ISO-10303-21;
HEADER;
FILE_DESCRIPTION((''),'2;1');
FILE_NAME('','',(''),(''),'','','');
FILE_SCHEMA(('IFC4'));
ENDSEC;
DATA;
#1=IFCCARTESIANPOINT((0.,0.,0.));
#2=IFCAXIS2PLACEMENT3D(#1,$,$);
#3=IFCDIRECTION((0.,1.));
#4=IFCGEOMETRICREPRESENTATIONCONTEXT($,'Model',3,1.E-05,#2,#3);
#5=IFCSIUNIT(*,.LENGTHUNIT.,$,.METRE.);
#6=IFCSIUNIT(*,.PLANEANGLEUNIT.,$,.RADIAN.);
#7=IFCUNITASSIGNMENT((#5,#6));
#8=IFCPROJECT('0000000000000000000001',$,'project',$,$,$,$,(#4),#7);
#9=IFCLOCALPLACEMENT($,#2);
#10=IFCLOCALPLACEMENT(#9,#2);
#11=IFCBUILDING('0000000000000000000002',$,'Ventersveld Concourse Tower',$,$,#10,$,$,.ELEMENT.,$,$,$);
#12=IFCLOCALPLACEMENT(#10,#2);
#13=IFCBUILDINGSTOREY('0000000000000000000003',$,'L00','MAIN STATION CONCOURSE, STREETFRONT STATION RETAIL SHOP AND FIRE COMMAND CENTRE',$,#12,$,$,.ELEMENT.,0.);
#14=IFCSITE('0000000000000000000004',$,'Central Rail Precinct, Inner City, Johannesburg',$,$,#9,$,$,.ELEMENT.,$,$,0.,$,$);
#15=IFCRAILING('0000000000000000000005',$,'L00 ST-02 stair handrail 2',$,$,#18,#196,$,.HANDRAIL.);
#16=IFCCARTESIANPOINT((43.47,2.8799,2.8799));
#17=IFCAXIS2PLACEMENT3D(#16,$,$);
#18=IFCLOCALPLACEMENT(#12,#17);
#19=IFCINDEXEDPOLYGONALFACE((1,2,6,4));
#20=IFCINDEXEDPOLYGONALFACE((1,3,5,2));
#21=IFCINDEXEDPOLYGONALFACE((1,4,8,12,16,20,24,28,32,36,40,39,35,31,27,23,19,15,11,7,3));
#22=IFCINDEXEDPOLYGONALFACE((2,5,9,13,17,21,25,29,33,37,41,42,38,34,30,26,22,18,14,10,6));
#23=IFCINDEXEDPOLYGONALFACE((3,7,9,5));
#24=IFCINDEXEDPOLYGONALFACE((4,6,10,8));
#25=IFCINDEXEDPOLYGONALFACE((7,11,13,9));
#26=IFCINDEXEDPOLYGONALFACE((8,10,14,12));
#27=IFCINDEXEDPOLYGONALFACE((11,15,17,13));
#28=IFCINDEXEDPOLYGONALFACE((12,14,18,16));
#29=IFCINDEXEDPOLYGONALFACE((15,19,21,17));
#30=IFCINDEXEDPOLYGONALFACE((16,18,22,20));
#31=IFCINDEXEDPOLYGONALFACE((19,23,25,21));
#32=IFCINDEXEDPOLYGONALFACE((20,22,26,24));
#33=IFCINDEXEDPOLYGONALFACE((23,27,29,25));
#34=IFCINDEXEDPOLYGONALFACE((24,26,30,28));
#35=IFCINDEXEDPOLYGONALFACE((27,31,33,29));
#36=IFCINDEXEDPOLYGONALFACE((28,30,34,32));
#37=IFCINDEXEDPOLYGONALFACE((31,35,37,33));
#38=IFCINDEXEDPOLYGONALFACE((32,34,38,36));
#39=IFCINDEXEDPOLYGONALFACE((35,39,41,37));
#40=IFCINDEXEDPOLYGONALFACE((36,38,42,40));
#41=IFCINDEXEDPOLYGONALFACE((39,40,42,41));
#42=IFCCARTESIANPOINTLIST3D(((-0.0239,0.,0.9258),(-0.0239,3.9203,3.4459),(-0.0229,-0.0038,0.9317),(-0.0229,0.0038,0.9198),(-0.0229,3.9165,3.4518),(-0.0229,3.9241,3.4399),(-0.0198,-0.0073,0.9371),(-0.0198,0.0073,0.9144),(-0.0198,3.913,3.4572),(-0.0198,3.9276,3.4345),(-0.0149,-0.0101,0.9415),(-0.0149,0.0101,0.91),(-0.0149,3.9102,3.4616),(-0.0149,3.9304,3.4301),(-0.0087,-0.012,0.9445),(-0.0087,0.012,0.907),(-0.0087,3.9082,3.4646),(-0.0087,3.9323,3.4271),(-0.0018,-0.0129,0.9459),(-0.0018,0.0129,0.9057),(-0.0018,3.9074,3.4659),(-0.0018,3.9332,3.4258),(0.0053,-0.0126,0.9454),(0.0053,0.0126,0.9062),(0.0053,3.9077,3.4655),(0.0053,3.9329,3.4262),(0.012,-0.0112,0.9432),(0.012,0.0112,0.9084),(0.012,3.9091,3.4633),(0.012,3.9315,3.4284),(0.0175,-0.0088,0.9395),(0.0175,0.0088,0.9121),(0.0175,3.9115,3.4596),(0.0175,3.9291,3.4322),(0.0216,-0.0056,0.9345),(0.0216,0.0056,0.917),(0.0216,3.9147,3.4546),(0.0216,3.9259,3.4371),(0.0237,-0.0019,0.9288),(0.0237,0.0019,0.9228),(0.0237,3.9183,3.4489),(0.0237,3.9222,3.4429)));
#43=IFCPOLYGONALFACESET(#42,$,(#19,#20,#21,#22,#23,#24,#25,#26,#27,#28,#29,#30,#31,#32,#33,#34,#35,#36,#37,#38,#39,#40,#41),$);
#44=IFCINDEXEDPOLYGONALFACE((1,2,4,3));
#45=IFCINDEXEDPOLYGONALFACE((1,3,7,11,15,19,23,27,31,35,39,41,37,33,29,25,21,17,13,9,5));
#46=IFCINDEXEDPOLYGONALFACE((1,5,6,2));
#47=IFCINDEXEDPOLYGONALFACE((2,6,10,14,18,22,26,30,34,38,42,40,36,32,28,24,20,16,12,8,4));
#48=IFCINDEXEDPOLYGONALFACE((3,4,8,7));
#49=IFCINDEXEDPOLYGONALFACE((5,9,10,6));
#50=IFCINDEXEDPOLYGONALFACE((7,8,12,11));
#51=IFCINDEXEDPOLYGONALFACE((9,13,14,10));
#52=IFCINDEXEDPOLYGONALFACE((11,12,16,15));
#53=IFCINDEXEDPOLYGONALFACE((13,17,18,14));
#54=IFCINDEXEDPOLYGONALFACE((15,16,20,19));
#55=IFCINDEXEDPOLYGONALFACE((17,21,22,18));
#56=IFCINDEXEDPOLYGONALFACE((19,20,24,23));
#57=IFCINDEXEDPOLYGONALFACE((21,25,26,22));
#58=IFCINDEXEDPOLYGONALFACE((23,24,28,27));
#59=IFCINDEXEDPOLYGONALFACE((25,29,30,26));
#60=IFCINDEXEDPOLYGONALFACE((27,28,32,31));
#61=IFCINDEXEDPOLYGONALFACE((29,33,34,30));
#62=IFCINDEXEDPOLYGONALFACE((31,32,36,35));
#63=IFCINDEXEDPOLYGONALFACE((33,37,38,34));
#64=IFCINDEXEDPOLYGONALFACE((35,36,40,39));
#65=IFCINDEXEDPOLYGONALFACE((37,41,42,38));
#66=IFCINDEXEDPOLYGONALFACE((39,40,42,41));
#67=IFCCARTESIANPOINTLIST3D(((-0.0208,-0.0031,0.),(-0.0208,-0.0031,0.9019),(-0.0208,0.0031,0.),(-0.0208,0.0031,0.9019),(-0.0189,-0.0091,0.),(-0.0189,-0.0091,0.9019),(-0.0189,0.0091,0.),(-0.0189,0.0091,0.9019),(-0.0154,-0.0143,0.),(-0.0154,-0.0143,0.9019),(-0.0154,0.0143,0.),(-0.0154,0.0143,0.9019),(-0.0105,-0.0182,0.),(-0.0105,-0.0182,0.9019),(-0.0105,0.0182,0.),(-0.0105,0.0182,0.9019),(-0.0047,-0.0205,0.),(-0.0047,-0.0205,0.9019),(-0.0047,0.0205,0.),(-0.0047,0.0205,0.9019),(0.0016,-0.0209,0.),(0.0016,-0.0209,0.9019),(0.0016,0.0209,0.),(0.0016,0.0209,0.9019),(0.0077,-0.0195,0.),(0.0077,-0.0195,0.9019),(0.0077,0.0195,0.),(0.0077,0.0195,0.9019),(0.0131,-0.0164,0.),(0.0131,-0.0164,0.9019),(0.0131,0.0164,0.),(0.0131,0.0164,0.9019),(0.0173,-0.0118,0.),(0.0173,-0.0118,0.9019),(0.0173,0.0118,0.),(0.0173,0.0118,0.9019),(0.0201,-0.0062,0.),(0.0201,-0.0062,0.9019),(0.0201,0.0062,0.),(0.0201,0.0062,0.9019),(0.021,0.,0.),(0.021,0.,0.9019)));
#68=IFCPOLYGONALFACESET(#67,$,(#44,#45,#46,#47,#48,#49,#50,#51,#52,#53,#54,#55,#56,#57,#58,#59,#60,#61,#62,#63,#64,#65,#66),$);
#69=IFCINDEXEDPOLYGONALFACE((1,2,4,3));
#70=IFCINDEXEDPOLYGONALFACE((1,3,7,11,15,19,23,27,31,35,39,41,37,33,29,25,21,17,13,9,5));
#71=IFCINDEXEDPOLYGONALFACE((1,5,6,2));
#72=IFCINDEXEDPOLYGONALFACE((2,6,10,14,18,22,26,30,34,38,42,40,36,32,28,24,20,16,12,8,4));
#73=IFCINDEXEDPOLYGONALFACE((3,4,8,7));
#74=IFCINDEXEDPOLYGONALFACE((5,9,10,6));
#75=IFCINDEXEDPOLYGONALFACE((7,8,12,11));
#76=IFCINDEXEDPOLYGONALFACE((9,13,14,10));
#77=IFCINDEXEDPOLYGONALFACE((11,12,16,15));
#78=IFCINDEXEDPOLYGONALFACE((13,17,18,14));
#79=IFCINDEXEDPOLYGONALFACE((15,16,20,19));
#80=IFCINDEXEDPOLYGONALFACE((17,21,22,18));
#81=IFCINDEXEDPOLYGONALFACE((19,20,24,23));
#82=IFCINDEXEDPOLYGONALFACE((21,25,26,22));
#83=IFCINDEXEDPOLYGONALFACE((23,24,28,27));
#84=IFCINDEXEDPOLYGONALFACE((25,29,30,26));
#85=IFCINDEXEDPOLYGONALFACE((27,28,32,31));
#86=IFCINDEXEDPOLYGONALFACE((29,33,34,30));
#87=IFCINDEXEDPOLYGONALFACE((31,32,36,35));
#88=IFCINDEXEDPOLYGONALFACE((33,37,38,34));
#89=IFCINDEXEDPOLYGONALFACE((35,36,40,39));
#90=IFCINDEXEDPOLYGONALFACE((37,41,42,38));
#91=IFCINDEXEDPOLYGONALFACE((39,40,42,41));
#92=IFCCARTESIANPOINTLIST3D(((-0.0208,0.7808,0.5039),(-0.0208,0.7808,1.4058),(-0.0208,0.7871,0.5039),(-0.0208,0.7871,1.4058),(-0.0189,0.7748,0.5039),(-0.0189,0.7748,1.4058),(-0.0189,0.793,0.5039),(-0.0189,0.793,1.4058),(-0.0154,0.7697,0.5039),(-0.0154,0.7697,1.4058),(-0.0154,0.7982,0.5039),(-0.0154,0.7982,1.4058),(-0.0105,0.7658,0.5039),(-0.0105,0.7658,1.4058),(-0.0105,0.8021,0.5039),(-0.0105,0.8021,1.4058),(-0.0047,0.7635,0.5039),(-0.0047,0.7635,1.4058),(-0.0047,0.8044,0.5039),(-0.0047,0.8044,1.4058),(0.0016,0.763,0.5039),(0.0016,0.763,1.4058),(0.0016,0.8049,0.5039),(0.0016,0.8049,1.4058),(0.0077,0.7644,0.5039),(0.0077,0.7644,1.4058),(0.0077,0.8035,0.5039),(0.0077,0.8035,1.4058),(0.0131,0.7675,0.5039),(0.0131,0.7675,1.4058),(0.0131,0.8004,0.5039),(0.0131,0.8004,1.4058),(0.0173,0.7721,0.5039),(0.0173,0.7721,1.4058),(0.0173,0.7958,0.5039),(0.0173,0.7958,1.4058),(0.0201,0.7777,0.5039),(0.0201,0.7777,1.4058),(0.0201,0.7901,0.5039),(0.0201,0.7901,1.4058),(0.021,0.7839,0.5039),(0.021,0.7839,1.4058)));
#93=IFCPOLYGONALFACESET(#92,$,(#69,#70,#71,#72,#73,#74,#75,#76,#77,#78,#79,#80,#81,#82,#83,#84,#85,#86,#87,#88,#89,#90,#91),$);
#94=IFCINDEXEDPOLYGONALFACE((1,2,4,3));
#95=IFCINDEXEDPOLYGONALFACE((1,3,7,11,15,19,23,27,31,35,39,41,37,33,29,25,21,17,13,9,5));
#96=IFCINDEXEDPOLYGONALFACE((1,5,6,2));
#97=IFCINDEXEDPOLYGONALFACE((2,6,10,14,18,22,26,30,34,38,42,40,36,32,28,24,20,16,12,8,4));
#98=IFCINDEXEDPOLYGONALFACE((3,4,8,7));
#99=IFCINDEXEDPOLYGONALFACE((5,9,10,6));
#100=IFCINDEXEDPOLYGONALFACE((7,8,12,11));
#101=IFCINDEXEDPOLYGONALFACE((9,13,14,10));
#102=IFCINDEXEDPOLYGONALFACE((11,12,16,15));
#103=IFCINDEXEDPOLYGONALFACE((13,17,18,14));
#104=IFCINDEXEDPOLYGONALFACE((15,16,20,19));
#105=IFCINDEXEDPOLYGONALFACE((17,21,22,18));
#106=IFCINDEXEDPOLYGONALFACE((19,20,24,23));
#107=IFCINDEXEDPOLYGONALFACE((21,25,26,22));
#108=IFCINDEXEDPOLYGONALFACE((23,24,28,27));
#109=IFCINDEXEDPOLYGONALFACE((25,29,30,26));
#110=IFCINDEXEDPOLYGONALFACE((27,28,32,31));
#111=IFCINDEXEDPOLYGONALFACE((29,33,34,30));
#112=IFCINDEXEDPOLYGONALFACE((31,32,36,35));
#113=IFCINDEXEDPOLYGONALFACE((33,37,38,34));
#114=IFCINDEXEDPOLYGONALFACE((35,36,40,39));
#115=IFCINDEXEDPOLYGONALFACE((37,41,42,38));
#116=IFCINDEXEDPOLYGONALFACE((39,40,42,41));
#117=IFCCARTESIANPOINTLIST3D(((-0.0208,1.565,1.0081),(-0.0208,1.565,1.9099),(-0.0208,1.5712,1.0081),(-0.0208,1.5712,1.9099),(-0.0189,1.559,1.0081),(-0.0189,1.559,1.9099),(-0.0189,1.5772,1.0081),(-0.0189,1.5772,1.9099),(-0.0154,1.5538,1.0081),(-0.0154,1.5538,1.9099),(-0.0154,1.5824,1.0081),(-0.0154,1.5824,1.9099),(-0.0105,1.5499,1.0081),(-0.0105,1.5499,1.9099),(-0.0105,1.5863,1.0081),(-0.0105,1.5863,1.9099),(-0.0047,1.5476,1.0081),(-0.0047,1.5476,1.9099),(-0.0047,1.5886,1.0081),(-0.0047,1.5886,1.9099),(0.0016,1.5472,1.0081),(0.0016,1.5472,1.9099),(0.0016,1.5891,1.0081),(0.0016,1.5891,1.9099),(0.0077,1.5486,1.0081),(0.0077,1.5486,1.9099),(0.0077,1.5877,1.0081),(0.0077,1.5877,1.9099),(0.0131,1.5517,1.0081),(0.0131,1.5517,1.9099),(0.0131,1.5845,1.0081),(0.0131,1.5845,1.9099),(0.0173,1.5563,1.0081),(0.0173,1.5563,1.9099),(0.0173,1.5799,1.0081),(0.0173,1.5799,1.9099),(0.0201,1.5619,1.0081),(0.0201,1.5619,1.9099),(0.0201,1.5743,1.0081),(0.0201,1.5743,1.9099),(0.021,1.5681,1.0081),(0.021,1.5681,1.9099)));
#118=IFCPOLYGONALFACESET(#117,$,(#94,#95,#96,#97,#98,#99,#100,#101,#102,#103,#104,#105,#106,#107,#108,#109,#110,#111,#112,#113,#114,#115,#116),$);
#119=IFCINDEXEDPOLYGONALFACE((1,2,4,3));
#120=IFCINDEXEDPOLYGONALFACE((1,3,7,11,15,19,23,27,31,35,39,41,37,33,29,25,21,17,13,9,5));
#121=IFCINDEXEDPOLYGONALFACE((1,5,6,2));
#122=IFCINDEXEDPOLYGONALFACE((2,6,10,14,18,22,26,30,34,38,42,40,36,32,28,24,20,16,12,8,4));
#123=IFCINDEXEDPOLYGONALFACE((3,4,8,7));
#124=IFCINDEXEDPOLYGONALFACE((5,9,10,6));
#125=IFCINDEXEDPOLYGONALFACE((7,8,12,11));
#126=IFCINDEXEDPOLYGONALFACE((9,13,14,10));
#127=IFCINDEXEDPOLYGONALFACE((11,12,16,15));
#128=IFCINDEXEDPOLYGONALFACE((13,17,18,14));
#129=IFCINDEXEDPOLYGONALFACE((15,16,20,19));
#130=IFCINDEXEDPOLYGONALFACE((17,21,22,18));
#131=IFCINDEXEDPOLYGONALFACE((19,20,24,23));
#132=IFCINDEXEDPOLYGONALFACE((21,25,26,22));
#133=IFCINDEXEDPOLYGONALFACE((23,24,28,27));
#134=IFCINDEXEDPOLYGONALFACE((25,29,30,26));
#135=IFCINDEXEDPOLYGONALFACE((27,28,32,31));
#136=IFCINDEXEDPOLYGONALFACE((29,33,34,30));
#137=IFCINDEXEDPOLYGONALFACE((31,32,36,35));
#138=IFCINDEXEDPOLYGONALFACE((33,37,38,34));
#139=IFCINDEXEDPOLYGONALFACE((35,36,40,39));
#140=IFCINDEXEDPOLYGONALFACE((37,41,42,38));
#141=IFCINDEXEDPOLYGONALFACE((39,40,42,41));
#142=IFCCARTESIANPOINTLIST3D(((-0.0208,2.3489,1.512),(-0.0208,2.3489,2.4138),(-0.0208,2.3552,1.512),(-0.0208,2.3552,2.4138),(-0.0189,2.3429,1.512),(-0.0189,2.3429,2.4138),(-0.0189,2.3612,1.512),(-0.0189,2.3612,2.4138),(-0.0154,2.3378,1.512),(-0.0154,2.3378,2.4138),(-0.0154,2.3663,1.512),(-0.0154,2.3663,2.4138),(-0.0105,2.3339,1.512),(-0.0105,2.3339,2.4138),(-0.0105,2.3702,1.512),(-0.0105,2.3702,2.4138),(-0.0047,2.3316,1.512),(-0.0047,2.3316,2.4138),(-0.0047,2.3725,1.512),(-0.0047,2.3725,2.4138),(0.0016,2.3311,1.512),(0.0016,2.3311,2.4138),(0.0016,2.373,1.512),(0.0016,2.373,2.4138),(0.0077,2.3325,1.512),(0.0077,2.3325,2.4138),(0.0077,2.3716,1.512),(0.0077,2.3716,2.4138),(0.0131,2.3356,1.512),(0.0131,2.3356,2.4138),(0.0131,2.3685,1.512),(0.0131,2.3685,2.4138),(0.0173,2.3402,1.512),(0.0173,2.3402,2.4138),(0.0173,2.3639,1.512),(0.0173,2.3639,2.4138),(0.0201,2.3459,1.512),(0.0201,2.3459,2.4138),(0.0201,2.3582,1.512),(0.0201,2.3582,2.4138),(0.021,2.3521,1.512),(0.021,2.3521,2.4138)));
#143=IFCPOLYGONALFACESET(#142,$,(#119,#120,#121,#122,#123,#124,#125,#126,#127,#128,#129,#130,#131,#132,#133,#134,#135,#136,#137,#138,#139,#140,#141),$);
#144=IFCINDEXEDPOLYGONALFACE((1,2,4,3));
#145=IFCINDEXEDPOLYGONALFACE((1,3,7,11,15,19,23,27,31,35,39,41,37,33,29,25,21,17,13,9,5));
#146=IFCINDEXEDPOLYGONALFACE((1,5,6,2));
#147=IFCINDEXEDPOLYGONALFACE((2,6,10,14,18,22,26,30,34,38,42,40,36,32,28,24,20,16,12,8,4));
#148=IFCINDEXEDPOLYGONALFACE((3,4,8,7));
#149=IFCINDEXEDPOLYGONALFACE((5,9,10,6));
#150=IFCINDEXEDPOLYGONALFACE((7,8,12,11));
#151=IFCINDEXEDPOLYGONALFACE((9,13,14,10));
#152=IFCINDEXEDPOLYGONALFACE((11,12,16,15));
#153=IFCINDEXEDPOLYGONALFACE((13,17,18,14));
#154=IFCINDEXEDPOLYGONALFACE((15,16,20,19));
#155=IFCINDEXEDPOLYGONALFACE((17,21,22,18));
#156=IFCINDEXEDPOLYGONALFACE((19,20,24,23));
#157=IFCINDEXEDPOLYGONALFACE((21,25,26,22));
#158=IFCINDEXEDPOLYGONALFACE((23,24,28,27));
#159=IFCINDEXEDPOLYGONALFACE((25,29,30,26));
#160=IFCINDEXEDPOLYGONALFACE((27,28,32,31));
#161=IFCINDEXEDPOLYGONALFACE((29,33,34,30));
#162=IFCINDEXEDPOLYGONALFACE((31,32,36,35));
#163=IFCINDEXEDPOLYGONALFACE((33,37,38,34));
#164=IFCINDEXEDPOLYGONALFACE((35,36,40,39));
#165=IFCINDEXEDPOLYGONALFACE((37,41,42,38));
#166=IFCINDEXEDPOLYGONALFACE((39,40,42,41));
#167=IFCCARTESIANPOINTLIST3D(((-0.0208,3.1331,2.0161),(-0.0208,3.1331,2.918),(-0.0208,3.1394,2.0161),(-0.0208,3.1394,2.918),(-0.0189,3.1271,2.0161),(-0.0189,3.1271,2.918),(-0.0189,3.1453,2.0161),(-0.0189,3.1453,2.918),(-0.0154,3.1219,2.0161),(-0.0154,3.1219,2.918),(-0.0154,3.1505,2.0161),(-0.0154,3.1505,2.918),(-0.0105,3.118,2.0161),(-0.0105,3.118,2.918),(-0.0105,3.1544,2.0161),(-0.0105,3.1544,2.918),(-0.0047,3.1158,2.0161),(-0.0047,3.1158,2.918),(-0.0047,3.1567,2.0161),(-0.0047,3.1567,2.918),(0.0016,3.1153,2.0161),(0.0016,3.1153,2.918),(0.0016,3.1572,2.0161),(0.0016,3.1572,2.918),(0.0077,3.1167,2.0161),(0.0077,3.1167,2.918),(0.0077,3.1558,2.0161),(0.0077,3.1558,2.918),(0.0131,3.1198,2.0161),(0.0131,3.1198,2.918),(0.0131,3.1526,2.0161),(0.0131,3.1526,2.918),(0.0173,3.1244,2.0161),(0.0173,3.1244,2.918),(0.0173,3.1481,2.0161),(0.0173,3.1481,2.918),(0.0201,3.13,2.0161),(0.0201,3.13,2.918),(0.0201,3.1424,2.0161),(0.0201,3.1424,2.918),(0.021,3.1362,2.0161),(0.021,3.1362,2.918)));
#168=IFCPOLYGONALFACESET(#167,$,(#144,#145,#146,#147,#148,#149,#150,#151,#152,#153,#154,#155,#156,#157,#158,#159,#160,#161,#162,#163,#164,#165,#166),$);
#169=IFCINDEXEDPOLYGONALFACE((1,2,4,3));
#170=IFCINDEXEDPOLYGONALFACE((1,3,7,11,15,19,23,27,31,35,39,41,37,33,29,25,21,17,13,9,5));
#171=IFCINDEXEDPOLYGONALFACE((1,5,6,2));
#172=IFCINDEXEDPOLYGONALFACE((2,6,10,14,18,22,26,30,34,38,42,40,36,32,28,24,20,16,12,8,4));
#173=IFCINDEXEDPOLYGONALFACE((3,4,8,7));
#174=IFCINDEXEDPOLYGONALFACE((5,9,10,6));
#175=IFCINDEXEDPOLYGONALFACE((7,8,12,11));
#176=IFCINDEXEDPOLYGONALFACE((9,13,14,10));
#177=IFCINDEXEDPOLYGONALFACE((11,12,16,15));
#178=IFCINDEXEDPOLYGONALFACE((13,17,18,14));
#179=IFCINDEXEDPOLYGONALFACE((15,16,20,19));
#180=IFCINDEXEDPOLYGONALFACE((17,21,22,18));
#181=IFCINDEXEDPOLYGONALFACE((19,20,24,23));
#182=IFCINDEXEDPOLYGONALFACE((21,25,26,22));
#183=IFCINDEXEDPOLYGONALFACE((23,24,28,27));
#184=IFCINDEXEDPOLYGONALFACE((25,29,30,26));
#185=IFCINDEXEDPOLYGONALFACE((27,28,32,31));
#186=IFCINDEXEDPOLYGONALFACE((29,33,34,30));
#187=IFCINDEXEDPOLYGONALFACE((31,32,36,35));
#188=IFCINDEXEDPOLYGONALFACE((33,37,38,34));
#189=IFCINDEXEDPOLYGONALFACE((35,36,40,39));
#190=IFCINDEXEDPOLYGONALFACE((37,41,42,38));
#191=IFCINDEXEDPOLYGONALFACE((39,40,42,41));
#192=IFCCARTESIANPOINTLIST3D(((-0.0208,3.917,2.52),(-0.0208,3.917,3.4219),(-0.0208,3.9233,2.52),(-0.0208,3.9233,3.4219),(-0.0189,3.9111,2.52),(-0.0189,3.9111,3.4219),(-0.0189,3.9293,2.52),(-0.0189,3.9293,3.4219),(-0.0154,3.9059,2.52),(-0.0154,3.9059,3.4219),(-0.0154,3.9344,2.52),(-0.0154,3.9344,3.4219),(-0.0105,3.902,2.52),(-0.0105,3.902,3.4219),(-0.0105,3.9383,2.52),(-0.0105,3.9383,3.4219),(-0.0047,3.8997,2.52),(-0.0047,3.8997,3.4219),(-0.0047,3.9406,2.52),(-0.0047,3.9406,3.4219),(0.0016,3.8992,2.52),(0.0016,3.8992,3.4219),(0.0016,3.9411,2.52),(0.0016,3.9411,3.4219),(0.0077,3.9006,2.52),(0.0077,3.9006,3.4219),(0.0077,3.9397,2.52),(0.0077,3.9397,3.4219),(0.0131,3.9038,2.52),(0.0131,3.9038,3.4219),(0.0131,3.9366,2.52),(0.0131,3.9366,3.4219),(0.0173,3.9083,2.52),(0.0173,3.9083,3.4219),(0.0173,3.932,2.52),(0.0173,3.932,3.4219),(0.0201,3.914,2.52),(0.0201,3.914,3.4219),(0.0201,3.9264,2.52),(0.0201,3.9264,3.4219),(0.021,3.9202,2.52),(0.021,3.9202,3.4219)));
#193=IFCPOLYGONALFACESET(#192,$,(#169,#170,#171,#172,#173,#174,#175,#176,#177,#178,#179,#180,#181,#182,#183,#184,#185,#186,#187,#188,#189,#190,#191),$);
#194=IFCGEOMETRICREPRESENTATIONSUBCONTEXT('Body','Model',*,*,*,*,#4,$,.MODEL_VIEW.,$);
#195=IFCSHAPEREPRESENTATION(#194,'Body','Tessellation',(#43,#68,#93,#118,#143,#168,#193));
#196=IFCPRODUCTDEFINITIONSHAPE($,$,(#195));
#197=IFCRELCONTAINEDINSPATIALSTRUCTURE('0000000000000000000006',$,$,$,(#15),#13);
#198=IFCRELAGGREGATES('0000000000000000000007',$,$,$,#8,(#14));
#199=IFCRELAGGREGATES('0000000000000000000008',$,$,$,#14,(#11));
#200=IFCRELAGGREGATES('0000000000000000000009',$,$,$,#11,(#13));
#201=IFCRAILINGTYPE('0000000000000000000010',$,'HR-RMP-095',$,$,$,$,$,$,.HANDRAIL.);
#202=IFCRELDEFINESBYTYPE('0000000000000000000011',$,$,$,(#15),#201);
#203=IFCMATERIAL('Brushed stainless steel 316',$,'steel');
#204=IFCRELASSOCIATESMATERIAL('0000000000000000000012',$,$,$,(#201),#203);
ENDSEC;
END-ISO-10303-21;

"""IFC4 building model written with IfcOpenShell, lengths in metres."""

from ifc_helpers import new_model, si_unit, direction, frame, origin, origin_2d, place, context, subcontext, project, spatial, circle, extrude, material, type_object, element, save


model = new_model("IFC4")

# Units and contexts
model_context = context("Model", 3, precision=1e-05, world=origin(), true_north=direction((0.0, 1.0)))
body_context = subcontext(model_context, "Body", "Model", "MODEL_VIEW")
ifc_project = project(units=[si_unit("LENGTHUNIT", "METRE"), si_unit("PLANEANGLEUNIT", "RADIAN")], contexts=[model_context])

# Site, building, storey
site_placement = place(None, origin())
site = spatial("IfcSite", under=ifc_project, at=site_placement, Name="Central Rail Precinct, Inner City, Johannesburg", CompositionType="ELEMENT", RefElevation=0.0)
building_placement = place(site_placement, origin())
building = spatial("IfcBuilding", under=site, at=building_placement, Name="Ventersveld Concourse Tower", CompositionType="ELEMENT")
storey_placement = place(building_placement, origin())
storey = spatial("IfcBuildingStorey", under=building, at=storey_placement, Name="L00", Description="MAIN STATION CONCOURSE, STREETFRONT STATION RETAIL SHOP AND FIRE COMMAND CENTRE", CompositionType="ELEMENT", Elevation=0.0)

# Shared definitions
ifc_material_1 = material(Name="Brushed stainless steel 316", Category="steel")

# Railing
railing_type_1 = type_object("IfcRailingType", Name="HR-RMP-095", PredefinedType="HANDRAIL", material=ifc_material_1)
for number, where, name in (
    (1, (43.47, 2.8799, 2.8799), "L00 ST-02 stair handrail 2"),
):
    element("IfcRailing", number, at=place(storey_placement, frame(where)), inside=storey, type_object=railing_type_1, Name=name, PredefinedType="HANDRAIL", context=body_context, shape_type="SweptSolid", body=[
        extrude(circle(Radius=0.0239, at=origin_2d()), frame((0.0, 0.0, 0.9258), z_axis=(0.0, 0.841187, 0.540744), x_axis=(-1.0, 0.0, 0.0)), (0.0, 0.0, 1.0), 4.6604),
        extrude(circle(Radius=0.021, at=origin_2d()), origin(), (0.0, 0.0, 1.0), 0.9019),
        extrude(circle(Radius=0.021, at=origin_2d()), frame((0.0, 0.7839, 0.5039)), (0.0, 0.0, 1.0), 0.9019),
        extrude(circle(Radius=0.021, at=origin_2d()), frame((0.0, 1.5681, 1.0081)), (0.0, 0.0, 1.0), 0.9019),
        extrude(circle(Radius=0.021, at=origin_2d()), frame((0.0, 2.3521, 1.512)), (0.0, 0.0, 1.0), 0.9019),
        extrude(circle(Radius=0.021, at=origin_2d()), frame((0.0, 3.1362, 2.0161)), (0.0, 0.0, 1.0), 0.9019),
        extrude(circle(Radius=0.021, at=origin_2d()), frame((0.0, 3.9202, 2.52)), (0.0, 0.0, 1.0), 0.9019),
    ])

save(model, "model.ifc")
